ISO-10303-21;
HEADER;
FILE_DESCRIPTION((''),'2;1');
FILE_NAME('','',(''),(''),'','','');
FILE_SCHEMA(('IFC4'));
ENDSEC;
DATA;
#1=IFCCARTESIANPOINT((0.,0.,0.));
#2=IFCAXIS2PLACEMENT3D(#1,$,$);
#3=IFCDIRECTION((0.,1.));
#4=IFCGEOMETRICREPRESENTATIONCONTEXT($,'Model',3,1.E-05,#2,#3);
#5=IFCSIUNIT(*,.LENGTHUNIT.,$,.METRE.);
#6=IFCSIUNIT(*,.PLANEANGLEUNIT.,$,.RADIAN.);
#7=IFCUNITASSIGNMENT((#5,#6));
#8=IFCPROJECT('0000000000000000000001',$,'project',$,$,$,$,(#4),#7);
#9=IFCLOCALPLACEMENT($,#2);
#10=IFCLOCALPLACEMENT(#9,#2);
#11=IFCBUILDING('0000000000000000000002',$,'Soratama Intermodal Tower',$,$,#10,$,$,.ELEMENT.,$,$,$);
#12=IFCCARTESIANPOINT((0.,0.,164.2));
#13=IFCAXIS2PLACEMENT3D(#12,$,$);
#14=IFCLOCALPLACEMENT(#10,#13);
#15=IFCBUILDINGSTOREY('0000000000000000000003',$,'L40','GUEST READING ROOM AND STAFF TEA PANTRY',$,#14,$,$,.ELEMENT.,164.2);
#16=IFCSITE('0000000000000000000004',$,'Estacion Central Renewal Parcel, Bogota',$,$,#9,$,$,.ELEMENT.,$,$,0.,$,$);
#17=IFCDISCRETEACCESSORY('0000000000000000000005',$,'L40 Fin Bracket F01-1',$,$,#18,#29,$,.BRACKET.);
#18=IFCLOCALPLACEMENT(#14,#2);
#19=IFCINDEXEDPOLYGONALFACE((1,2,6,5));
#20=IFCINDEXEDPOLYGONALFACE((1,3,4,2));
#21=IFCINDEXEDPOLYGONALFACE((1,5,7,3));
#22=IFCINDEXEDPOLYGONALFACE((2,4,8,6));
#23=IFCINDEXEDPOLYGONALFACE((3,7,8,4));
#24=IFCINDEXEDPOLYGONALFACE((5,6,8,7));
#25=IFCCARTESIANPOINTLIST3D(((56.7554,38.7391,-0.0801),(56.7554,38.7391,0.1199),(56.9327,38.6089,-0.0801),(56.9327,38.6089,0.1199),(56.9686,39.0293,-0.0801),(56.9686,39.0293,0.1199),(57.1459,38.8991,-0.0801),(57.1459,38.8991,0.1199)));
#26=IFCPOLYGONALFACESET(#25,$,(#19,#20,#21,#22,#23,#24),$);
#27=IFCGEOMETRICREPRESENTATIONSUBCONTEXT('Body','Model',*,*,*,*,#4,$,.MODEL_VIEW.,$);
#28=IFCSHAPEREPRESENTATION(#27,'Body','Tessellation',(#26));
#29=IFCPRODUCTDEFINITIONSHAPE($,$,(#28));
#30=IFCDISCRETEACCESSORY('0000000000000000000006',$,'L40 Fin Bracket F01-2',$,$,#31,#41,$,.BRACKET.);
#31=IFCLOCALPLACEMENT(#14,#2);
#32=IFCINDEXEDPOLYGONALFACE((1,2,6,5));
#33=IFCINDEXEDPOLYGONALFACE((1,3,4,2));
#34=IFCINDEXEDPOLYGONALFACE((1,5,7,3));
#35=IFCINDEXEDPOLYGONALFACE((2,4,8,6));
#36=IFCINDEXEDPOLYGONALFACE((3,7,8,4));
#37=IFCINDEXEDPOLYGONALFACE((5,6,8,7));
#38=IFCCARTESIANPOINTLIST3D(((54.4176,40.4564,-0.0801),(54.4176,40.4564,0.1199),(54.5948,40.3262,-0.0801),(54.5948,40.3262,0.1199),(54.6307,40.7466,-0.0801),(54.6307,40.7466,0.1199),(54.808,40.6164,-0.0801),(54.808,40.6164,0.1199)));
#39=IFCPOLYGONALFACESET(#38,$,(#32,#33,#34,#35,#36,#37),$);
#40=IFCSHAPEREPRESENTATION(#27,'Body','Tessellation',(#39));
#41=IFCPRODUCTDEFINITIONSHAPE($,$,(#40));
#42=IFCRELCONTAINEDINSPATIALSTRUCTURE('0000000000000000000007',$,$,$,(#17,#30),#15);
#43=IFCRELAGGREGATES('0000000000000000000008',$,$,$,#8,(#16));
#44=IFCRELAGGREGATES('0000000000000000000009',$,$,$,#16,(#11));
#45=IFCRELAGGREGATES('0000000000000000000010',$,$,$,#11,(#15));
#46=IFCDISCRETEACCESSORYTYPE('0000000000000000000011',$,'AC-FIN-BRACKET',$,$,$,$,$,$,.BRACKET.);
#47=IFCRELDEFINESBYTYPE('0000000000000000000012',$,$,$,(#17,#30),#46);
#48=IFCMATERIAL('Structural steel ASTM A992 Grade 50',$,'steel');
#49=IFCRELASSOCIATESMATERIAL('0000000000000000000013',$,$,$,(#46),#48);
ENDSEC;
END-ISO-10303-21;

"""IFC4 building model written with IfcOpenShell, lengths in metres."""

from ifc_helpers import new_model, si_unit, direction, frame, origin, origin_2d, place, context, subcontext, project, spatial, rectangle, extrude, material, type_object, element, save


model = new_model("IFC4")

# Units and contexts
model_context = context("Model", 3, precision=1e-05, world=origin(), true_north=direction((0.0, 1.0)))
body_context = subcontext(model_context, "Body", "Model", "MODEL_VIEW")
ifc_project = project(units=[si_unit("LENGTHUNIT", "METRE"), si_unit("PLANEANGLEUNIT", "RADIAN")], contexts=[model_context])

# Site, building, storey
site_placement = place(None, origin())
site = spatial("IfcSite", under=ifc_project, at=site_placement, Name="Estacion Central Renewal Parcel, Bogota", CompositionType="ELEMENT", RefElevation=0.0)
building_placement = place(site_placement, origin())
building = spatial("IfcBuilding", under=site, at=building_placement, Name="Soratama Intermodal Tower", CompositionType="ELEMENT")
storey_placement = place(building_placement, frame((0.0, 0.0, 164.2)))
storey = spatial("IfcBuildingStorey", under=building, at=storey_placement, Name="L40", Description="GUEST READING ROOM AND STAFF TEA PANTRY", CompositionType="ELEMENT", Elevation=164.2)

# Discrete accessories
ifc_material_1 = material(Name="Structural steel ASTM A992 Grade 50", Category="steel")
discrete_accessory_type = type_object("IfcDiscreteAccessoryType", Name="AC-FIN-BRACKET", PredefinedType="BRACKET", material=ifc_material_1)
for number, where, z_axis, x_axis, name in (
    (1, (56.9507, 38.8191, -0.0801), (0.0, 0.0, 1.0), (0.592013, 0.805928, 0.0), "L40 Fin Bracket F01-1"),
    (2, (54.6128, 40.5364, -0.0801), (0.0, 0.0, 1.0), (0.592013, 0.805928, 0.0), "L40 Fin Bracket F01-2"),
):
    element("IfcDiscreteAccessory", number, at=place(storey_placement, frame(where, z_axis=z_axis, x_axis=x_axis)), inside=storey, type_object=discrete_accessory_type, Name=name, PredefinedType="BRACKET", context=body_context, shape_type="SweptSolid", body=[
        extrude(rectangle(XDim=0.3601, YDim=0.22, at=origin_2d()), origin(), (0.0, 0.0, 1.0), 0.2),
    ])

save(model, "model.ifc")
